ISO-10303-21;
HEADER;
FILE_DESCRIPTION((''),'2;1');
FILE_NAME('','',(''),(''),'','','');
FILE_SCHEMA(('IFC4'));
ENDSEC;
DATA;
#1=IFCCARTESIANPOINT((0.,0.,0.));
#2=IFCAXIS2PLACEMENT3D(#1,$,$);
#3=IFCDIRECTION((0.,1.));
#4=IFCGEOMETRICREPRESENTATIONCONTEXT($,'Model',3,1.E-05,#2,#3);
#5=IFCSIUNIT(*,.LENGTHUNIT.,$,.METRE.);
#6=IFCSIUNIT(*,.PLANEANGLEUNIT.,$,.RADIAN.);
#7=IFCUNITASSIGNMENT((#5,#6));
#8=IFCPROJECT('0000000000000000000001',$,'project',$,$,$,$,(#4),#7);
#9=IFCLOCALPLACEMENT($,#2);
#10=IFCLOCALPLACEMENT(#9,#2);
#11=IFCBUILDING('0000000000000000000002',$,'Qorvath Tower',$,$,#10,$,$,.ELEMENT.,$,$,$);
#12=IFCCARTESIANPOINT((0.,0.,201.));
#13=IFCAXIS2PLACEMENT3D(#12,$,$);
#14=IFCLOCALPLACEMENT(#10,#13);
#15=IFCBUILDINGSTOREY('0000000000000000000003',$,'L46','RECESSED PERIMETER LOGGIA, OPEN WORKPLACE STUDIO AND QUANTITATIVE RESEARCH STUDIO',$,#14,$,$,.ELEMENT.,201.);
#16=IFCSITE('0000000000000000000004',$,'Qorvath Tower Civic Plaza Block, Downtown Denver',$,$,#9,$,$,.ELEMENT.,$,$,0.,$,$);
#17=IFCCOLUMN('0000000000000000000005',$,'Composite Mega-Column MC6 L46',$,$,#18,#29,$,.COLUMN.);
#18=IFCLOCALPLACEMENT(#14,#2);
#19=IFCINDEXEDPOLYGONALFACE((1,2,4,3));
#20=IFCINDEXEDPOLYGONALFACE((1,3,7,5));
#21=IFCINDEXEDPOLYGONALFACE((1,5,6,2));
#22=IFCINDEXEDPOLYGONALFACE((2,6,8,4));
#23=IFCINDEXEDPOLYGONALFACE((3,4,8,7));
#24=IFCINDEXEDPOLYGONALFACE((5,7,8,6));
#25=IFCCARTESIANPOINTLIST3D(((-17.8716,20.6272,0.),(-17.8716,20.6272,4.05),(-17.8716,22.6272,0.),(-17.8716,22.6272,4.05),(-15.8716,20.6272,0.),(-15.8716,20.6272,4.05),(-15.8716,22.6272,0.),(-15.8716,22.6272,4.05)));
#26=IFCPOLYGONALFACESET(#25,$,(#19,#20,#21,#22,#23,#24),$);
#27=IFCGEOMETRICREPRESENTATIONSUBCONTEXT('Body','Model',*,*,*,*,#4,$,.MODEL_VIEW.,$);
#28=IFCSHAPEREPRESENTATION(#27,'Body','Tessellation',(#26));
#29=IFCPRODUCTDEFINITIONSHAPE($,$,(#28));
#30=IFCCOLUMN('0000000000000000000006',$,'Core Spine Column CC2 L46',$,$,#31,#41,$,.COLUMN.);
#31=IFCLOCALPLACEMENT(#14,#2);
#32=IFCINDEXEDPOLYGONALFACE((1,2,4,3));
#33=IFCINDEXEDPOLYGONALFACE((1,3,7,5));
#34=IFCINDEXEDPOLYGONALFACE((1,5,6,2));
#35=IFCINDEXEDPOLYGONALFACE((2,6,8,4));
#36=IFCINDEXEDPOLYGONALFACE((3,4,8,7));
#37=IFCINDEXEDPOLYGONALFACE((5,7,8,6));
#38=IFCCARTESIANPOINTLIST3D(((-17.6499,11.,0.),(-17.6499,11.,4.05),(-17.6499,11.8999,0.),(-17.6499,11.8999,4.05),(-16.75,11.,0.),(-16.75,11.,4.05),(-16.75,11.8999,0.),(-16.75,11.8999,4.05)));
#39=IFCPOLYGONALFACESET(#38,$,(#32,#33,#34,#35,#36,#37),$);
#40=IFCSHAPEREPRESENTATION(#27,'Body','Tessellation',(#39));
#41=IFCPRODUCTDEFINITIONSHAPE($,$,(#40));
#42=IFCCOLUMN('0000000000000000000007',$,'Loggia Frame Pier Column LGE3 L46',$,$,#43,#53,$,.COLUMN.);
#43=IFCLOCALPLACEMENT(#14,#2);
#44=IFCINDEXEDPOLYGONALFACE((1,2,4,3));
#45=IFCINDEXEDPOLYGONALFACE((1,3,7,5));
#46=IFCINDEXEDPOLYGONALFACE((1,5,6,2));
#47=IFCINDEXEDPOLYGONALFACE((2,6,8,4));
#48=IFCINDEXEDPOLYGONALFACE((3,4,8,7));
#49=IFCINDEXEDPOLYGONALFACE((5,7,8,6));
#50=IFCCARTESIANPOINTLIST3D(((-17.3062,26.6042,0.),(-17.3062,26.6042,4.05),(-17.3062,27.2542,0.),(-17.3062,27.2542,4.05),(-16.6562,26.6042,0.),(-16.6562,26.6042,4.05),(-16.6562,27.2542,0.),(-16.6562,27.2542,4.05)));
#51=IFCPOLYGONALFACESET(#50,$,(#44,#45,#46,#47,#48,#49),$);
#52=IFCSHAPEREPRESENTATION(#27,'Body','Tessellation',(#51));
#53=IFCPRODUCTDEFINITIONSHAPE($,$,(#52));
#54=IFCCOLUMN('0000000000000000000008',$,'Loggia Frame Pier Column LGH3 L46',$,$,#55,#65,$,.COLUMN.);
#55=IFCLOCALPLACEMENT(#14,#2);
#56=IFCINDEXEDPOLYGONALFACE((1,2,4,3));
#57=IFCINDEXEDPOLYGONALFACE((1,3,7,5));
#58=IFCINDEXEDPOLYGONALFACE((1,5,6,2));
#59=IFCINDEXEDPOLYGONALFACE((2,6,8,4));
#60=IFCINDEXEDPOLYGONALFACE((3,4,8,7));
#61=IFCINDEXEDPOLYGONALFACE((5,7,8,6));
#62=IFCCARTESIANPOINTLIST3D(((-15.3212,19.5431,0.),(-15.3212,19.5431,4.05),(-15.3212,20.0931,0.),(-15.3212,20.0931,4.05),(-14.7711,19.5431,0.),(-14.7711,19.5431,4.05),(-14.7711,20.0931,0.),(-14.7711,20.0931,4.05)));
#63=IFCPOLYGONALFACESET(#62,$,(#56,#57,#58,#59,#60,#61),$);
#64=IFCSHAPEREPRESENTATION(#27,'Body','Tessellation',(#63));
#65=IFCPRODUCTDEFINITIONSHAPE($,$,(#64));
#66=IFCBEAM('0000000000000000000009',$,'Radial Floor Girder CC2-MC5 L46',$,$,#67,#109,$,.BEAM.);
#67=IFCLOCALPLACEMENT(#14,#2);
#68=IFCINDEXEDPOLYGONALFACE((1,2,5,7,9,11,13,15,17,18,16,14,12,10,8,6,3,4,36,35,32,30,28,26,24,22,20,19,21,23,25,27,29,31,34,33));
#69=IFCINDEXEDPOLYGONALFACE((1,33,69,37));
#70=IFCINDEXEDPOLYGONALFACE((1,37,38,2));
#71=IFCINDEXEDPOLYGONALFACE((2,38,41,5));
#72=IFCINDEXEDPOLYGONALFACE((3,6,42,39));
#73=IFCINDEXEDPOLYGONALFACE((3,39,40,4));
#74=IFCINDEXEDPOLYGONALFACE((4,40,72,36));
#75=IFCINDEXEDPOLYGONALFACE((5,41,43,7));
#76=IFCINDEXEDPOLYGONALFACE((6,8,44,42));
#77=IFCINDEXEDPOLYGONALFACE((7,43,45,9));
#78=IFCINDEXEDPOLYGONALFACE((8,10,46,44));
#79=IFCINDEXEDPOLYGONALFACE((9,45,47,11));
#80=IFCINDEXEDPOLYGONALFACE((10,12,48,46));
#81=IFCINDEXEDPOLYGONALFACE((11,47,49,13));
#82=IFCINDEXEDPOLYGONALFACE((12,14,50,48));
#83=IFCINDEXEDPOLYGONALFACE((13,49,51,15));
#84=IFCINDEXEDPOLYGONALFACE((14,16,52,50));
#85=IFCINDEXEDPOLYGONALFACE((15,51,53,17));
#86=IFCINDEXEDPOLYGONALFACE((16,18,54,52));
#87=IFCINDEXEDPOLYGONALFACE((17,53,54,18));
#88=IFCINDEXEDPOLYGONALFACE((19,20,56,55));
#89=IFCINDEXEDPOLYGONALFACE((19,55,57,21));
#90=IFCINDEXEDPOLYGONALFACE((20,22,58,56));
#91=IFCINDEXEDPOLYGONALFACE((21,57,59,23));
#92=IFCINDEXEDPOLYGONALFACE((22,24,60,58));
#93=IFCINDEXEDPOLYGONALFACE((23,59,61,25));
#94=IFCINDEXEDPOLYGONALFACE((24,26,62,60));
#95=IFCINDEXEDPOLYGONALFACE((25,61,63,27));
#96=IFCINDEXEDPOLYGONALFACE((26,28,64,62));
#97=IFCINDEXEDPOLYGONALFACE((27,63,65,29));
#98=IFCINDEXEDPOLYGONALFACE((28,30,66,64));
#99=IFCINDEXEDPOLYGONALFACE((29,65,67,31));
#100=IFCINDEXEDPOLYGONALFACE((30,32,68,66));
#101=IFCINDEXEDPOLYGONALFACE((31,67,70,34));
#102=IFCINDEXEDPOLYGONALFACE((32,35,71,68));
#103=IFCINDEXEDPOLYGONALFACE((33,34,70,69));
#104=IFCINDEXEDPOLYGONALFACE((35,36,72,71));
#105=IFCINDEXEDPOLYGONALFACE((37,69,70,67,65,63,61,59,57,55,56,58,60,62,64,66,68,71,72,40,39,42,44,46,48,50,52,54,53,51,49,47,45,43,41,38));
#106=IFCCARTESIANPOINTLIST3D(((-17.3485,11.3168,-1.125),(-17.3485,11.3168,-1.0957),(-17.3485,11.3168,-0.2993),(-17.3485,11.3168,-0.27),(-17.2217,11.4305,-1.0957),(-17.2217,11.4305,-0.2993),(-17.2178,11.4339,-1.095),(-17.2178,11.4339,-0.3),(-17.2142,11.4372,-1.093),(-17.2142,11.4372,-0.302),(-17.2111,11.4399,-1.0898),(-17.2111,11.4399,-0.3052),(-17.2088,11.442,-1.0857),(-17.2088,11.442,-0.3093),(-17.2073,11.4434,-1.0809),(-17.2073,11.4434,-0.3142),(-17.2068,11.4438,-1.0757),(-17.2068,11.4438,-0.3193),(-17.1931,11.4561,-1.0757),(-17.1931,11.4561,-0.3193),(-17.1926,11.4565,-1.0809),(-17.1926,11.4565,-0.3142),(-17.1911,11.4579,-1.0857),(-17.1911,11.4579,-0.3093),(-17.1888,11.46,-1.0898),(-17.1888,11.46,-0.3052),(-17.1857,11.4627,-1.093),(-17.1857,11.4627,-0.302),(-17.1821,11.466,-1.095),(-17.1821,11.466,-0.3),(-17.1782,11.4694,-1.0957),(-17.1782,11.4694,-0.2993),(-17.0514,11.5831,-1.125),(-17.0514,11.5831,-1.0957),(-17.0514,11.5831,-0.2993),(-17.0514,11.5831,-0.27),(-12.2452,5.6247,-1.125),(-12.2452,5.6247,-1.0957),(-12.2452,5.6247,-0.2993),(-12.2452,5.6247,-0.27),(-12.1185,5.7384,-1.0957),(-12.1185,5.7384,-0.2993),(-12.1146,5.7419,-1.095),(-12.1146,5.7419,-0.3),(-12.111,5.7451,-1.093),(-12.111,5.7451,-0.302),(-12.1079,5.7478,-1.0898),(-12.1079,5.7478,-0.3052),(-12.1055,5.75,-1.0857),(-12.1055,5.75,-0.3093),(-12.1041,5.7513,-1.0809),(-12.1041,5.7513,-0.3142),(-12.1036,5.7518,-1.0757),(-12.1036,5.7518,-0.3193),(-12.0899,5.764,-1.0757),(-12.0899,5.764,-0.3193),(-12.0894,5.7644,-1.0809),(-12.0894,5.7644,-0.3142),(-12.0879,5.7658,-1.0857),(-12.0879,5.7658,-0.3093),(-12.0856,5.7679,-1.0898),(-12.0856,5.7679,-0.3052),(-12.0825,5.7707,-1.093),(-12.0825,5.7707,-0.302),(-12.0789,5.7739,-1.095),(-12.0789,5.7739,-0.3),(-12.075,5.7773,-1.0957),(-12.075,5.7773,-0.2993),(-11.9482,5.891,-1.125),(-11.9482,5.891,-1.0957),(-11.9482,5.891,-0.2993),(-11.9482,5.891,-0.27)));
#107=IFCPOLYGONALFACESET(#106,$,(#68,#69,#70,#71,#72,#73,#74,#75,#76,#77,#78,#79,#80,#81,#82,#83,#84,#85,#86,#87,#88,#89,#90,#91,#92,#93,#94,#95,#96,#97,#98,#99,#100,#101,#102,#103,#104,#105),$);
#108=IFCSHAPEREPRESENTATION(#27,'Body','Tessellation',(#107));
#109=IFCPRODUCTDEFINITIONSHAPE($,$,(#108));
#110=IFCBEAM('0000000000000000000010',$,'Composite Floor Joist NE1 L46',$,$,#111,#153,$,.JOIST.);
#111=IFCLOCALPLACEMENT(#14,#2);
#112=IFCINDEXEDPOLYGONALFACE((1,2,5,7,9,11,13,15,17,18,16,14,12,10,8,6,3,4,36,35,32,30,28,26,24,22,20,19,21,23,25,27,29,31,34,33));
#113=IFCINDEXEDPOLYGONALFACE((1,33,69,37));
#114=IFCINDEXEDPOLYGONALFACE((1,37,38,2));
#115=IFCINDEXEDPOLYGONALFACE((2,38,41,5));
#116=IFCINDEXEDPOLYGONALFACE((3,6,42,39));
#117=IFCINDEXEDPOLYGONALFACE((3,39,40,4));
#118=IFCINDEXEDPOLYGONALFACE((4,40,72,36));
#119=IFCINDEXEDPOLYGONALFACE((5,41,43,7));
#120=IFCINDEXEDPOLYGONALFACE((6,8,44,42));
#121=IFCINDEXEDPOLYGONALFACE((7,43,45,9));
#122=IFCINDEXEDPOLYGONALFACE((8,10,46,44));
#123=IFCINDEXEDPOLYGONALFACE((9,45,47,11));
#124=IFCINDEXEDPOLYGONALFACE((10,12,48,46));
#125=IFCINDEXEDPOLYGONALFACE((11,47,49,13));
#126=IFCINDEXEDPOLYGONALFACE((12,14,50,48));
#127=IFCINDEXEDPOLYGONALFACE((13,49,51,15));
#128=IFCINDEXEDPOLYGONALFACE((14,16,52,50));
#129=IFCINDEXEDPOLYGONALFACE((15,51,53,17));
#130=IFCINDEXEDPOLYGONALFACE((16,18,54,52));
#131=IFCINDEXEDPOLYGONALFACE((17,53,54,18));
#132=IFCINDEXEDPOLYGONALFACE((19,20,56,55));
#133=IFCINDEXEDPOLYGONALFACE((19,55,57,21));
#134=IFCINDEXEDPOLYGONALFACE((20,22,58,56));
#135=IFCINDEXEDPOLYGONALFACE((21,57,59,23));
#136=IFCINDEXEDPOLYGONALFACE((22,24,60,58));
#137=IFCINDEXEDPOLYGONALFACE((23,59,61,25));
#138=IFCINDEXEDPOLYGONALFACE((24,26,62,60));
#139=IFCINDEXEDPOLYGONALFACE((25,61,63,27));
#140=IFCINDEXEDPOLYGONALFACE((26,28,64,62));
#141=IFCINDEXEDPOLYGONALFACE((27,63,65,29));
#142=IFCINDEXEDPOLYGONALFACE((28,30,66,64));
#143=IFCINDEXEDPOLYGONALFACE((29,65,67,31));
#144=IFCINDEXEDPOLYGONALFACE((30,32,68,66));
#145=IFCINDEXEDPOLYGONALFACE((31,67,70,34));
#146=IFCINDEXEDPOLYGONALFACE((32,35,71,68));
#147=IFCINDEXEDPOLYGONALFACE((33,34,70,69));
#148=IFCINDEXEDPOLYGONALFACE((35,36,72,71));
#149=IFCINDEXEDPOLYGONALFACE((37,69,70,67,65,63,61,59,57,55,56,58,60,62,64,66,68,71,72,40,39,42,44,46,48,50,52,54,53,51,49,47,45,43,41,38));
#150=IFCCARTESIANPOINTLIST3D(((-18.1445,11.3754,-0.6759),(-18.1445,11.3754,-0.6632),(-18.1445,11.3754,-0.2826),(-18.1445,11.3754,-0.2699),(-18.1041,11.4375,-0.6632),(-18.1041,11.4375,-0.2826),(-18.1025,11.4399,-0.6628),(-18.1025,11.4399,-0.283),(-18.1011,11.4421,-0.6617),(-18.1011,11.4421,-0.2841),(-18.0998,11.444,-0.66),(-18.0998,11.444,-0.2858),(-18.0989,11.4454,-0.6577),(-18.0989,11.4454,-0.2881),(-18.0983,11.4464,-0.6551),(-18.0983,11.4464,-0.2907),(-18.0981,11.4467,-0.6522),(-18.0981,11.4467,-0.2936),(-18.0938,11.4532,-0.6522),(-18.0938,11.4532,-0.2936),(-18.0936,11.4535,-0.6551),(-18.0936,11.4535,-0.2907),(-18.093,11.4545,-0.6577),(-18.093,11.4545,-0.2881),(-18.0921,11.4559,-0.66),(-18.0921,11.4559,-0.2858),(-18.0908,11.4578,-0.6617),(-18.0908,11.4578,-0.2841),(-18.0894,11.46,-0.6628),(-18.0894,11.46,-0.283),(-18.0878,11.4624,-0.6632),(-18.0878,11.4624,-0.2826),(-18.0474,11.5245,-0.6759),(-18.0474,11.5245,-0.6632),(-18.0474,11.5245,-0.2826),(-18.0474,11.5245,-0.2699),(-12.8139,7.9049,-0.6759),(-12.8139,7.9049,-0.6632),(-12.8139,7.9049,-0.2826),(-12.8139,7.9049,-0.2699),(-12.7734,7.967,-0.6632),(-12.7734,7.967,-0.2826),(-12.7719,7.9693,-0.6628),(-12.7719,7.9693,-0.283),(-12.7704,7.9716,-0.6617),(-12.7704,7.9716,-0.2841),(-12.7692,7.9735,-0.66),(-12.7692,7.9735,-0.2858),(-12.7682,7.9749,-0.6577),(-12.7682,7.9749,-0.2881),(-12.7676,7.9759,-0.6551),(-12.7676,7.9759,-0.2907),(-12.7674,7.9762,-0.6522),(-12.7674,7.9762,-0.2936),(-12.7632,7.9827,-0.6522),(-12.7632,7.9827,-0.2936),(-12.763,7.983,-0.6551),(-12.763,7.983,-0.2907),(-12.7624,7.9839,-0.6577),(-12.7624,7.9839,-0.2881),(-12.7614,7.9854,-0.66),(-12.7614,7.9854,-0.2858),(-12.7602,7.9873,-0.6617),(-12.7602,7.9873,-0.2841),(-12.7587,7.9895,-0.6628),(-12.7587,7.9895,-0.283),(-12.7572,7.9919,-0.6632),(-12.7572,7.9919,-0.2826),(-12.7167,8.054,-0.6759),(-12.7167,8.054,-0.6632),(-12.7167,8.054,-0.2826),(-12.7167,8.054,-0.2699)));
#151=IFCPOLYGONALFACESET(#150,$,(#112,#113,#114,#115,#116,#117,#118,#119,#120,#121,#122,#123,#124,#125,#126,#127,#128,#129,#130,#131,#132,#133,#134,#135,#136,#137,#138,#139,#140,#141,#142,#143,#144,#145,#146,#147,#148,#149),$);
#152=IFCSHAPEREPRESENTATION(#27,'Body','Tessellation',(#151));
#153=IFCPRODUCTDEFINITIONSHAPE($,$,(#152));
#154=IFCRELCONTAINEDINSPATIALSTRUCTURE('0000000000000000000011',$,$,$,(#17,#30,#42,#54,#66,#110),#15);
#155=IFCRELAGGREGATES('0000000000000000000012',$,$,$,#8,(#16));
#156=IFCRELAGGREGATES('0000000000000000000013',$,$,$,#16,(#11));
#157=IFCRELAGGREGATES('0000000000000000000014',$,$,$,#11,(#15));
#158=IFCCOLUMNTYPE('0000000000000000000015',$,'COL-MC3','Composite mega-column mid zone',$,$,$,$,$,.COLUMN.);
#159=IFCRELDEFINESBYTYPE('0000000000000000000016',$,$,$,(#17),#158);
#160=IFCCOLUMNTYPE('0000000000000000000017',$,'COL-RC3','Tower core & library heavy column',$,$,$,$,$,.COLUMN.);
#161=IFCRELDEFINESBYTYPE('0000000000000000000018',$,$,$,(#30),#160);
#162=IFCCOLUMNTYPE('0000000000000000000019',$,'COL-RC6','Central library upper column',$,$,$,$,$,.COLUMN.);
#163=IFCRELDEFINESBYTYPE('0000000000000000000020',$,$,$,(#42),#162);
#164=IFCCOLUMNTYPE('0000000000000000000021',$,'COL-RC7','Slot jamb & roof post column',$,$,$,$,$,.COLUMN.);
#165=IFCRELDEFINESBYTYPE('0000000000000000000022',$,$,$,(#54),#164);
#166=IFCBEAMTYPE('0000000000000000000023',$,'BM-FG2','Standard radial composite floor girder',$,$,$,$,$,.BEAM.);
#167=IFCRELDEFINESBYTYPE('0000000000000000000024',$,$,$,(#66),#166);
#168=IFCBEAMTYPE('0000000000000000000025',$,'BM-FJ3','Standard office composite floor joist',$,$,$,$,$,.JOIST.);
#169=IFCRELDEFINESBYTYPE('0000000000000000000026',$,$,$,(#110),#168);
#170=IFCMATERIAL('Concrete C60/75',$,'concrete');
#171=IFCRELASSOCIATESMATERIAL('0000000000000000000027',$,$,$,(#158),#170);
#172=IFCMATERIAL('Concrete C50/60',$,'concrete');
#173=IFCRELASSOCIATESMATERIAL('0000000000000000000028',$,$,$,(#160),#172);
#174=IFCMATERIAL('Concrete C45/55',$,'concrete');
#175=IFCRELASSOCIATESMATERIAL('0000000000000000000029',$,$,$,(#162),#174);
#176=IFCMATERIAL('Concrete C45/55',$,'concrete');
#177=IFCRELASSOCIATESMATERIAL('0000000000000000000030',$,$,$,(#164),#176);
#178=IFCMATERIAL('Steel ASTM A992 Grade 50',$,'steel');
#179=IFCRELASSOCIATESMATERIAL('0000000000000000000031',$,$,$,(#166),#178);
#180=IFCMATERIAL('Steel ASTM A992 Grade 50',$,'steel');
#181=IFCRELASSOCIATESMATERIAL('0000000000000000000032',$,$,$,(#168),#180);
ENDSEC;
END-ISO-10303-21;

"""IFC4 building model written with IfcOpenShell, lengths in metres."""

from ifc_helpers import new_model, si_unit, direction, frame, origin, origin_2d, place, context, subcontext, project, spatial, rectangle, i_section, extrude, material, material_profile, profile_set, type_object, element, save


model = new_model("IFC4")

# Units and contexts
model_context = context("Model", 3, precision=1e-05, world=origin(), true_north=direction((0.0, 1.0)))
body_context = subcontext(model_context, "Body", "Model", "MODEL_VIEW")
ifc_project = project(units=[si_unit("LENGTHUNIT", "METRE"), si_unit("PLANEANGLEUNIT", "RADIAN")], contexts=[model_context])

# Site, building, storey
site_placement = place(None, origin())
site = spatial("IfcSite", under=ifc_project, at=site_placement, Name="Qorvath Tower Civic Plaza Block, Downtown Denver", CompositionType="ELEMENT", RefElevation=0.0)
building_placement = place(site_placement, origin())
building = spatial("IfcBuilding", under=site, at=building_placement, Name="Qorvath Tower", CompositionType="ELEMENT")
storey_placement = place(building_placement, frame((0.0, 0.0, 201.0)))
storey = spatial("IfcBuildingStorey", under=building, at=storey_placement, Name="L46", Description="RECESSED PERIMETER LOGGIA, OPEN WORKPLACE STUDIO AND QUANTITATIVE RESEARCH STUDIO", CompositionType="ELEMENT", Elevation=201.0)

# Columns
ifc_material_1 = material(Name="Concrete C60/75", Category="concrete")
ifc_material_profile_1 = material_profile(ifc_material_1, rectangle(XDim=2.0, YDim=2.0, at=origin_2d()), Name="MC 2000x2000")
ifc_profile_set_1 = profile_set([ifc_material_profile_1], Name="Concrete C60/75")
column_type_1 = type_object("IfcColumnType", Name="COL-MC3", Description="Composite mega-column mid zone", PredefinedType="COLUMN", material=ifc_profile_set_1)
column_1_placement = place(storey_placement, frame((-16.8716, 21.6272, 0.0), z_axis=(0.0, 0.0, 1.0), x_axis=(1.0, 0.0, 0.0)))
element("IfcColumn", 1, at=column_1_placement, inside=storey, type_object=column_type_1, Name="Composite Mega-Column MC6 L46", PredefinedType="COLUMN", context=body_context, shape_type="SweptSolid", body=[
    extrude(rectangle(XDim=2.0, YDim=2.0, at=origin_2d()), origin(), (0.0, 0.0, 1.0), 4.05),
])
ifc_material_2 = material(Name="Concrete C50/60", Category="concrete")
ifc_material_profile_2 = material_profile(ifc_material_2, rectangle(XDim=0.8999, YDim=0.8999, at=origin_2d()), Name="RC 900x900")
ifc_profile_set_2 = profile_set([ifc_material_profile_2], Name="Concrete C50/60")
column_type_2 = type_object("IfcColumnType", Name="COL-RC3", Description="Tower core & library heavy column", PredefinedType="COLUMN", material=ifc_profile_set_2)
column_2_placement = place(storey_placement, frame((-17.2, 11.45, 0.0), z_axis=(0.0, 0.0, 1.0), x_axis=(1.0, 0.0, 0.0)))
element("IfcColumn", 2, at=column_2_placement, inside=storey, type_object=column_type_2, Name="Core Spine Column CC2 L46", PredefinedType="COLUMN", context=body_context, shape_type="SweptSolid", body=[
    extrude(rectangle(XDim=0.8999, YDim=0.8999, at=origin_2d()), origin(), (0.0, 0.0, 1.0), 4.05),
])
ifc_material_3 = material(Name="Concrete C45/55", Category="concrete")
ifc_material_profile_3 = material_profile(ifc_material_3, rectangle(XDim=0.6499, YDim=0.6499, at=origin_2d()), Name="RC 650x650")
ifc_profile_set_3 = profile_set([ifc_material_profile_3], Name="Concrete C45/55")
column_type_3 = type_object("IfcColumnType", Name="COL-RC6", Description="Central library upper column", PredefinedType="COLUMN", material=ifc_profile_set_3)
column_3_placement = place(storey_placement, frame((-16.9812, 26.9292, 0.0), z_axis=(0.0, 0.0, 1.0), x_axis=(1.0, 0.0, 0.0)))
element("IfcColumn", 3, at=column_3_placement, inside=storey, type_object=column_type_3, Name="Loggia Frame Pier Column LGE3 L46", PredefinedType="COLUMN", context=body_context, shape_type="SweptSolid", body=[
    extrude(rectangle(XDim=0.6499, YDim=0.6499, at=origin_2d()), origin(), (0.0, 0.0, 1.0), 4.05),
])
ifc_material_4 = material(Name="Concrete C45/55", Category="concrete")
ifc_material_profile_4 = material_profile(ifc_material_4, rectangle(XDim=0.55, YDim=0.55, at=origin_2d()), Name="RC 550x550")
ifc_profile_set_4 = profile_set([ifc_material_profile_4], Name="Concrete C45/55")
column_type_4 = type_object("IfcColumnType", Name="COL-RC7", Description="Slot jamb & roof post column", PredefinedType="COLUMN", material=ifc_profile_set_4)
column_4_placement = place(storey_placement, frame((-15.0461, 19.8181, 0.0), z_axis=(0.0, 0.0, 1.0), x_axis=(1.0, 0.0, 0.0)))
element("IfcColumn", 4, at=column_4_placement, inside=storey, type_object=column_type_4, Name="Loggia Frame Pier Column LGH3 L46", PredefinedType="COLUMN", context=body_context, shape_type="SweptSolid", body=[
    extrude(rectangle(XDim=0.55, YDim=0.55, at=origin_2d()), origin(), (0.0, 0.0, 1.0), 4.05),
])

# Beams
ifc_material_5 = material(Name="Steel ASTM A992 Grade 50", Category="steel")
ifc_material_profile_5 = material_profile(ifc_material_5, i_section(OverallWidth=0.3989, OverallDepth=0.855, WebThickness=0.0183, FlangeThickness=0.0293, FilletRadius=0.02, at=origin_2d()), Name="W33x201")
ifc_profile_set_5 = profile_set([ifc_material_profile_5], Name="Steel ASTM A992 Grade 50")
beam_type_1 = type_object("IfcBeamType", Name="BM-FG2", Description="Standard radial composite floor girder", PredefinedType="BEAM", material=ifc_profile_set_5)
beam_1_placement = place(storey_placement, frame((-17.2, 11.45, -0.6975), z_axis=(0.667543, -0.744571, 0.0), x_axis=(0.744571, 0.667543, 0.0)))
element("IfcBeam", 5, at=beam_1_placement, inside=storey, type_object=beam_type_1, Name="Radial Floor Girder CC2-MC5 L46", PredefinedType="BEAM", context=body_context, shape_type="SweptSolid", body=[
    extrude(i_section(OverallWidth=0.3989, OverallDepth=0.855, WebThickness=0.0183, FlangeThickness=0.0293, FilletRadius=0.02, at=origin_2d()), origin(), (0.0, 0.0, 1.0), 7.6448),
])
ifc_material_6 = material(Name="Steel ASTM A992 Grade 50", Category="steel")
ifc_material_profile_6 = material_profile(ifc_material_6, i_section(OverallWidth=0.178, OverallDepth=0.406, WebThickness=0.0078, FlangeThickness=0.0127, FilletRadius=0.011, at=origin_2d()), Name="W16x40")
ifc_profile_set_6 = profile_set([ifc_material_profile_6], Name="Steel ASTM A992 Grade 50")
beam_type_2 = type_object("IfcBeamType", Name="BM-FJ3", Description="Standard office composite floor joist", PredefinedType="JOIST", material=ifc_profile_set_6)
beam_2_placement = place(storey_placement, frame((-18.0959, 11.45, -0.4729), z_axis=(0.838042, -0.545606, 0.0), x_axis=(0.545606, 0.838042, 0.0)))
element("IfcBeam", 6, at=beam_2_placement, inside=storey, type_object=beam_type_2, Name="Composite Floor Joist NE1 L46", PredefinedType="JOIST", context=body_context, shape_type="SweptSolid", body=[
    extrude(i_section(OverallWidth=0.178, OverallDepth=0.406, WebThickness=0.0078, FlangeThickness=0.0127, FilletRadius=0.011, at=origin_2d()), origin(), (0.0, 0.0, 1.0), 6.3608),
])

save(model, "model.ifc")
